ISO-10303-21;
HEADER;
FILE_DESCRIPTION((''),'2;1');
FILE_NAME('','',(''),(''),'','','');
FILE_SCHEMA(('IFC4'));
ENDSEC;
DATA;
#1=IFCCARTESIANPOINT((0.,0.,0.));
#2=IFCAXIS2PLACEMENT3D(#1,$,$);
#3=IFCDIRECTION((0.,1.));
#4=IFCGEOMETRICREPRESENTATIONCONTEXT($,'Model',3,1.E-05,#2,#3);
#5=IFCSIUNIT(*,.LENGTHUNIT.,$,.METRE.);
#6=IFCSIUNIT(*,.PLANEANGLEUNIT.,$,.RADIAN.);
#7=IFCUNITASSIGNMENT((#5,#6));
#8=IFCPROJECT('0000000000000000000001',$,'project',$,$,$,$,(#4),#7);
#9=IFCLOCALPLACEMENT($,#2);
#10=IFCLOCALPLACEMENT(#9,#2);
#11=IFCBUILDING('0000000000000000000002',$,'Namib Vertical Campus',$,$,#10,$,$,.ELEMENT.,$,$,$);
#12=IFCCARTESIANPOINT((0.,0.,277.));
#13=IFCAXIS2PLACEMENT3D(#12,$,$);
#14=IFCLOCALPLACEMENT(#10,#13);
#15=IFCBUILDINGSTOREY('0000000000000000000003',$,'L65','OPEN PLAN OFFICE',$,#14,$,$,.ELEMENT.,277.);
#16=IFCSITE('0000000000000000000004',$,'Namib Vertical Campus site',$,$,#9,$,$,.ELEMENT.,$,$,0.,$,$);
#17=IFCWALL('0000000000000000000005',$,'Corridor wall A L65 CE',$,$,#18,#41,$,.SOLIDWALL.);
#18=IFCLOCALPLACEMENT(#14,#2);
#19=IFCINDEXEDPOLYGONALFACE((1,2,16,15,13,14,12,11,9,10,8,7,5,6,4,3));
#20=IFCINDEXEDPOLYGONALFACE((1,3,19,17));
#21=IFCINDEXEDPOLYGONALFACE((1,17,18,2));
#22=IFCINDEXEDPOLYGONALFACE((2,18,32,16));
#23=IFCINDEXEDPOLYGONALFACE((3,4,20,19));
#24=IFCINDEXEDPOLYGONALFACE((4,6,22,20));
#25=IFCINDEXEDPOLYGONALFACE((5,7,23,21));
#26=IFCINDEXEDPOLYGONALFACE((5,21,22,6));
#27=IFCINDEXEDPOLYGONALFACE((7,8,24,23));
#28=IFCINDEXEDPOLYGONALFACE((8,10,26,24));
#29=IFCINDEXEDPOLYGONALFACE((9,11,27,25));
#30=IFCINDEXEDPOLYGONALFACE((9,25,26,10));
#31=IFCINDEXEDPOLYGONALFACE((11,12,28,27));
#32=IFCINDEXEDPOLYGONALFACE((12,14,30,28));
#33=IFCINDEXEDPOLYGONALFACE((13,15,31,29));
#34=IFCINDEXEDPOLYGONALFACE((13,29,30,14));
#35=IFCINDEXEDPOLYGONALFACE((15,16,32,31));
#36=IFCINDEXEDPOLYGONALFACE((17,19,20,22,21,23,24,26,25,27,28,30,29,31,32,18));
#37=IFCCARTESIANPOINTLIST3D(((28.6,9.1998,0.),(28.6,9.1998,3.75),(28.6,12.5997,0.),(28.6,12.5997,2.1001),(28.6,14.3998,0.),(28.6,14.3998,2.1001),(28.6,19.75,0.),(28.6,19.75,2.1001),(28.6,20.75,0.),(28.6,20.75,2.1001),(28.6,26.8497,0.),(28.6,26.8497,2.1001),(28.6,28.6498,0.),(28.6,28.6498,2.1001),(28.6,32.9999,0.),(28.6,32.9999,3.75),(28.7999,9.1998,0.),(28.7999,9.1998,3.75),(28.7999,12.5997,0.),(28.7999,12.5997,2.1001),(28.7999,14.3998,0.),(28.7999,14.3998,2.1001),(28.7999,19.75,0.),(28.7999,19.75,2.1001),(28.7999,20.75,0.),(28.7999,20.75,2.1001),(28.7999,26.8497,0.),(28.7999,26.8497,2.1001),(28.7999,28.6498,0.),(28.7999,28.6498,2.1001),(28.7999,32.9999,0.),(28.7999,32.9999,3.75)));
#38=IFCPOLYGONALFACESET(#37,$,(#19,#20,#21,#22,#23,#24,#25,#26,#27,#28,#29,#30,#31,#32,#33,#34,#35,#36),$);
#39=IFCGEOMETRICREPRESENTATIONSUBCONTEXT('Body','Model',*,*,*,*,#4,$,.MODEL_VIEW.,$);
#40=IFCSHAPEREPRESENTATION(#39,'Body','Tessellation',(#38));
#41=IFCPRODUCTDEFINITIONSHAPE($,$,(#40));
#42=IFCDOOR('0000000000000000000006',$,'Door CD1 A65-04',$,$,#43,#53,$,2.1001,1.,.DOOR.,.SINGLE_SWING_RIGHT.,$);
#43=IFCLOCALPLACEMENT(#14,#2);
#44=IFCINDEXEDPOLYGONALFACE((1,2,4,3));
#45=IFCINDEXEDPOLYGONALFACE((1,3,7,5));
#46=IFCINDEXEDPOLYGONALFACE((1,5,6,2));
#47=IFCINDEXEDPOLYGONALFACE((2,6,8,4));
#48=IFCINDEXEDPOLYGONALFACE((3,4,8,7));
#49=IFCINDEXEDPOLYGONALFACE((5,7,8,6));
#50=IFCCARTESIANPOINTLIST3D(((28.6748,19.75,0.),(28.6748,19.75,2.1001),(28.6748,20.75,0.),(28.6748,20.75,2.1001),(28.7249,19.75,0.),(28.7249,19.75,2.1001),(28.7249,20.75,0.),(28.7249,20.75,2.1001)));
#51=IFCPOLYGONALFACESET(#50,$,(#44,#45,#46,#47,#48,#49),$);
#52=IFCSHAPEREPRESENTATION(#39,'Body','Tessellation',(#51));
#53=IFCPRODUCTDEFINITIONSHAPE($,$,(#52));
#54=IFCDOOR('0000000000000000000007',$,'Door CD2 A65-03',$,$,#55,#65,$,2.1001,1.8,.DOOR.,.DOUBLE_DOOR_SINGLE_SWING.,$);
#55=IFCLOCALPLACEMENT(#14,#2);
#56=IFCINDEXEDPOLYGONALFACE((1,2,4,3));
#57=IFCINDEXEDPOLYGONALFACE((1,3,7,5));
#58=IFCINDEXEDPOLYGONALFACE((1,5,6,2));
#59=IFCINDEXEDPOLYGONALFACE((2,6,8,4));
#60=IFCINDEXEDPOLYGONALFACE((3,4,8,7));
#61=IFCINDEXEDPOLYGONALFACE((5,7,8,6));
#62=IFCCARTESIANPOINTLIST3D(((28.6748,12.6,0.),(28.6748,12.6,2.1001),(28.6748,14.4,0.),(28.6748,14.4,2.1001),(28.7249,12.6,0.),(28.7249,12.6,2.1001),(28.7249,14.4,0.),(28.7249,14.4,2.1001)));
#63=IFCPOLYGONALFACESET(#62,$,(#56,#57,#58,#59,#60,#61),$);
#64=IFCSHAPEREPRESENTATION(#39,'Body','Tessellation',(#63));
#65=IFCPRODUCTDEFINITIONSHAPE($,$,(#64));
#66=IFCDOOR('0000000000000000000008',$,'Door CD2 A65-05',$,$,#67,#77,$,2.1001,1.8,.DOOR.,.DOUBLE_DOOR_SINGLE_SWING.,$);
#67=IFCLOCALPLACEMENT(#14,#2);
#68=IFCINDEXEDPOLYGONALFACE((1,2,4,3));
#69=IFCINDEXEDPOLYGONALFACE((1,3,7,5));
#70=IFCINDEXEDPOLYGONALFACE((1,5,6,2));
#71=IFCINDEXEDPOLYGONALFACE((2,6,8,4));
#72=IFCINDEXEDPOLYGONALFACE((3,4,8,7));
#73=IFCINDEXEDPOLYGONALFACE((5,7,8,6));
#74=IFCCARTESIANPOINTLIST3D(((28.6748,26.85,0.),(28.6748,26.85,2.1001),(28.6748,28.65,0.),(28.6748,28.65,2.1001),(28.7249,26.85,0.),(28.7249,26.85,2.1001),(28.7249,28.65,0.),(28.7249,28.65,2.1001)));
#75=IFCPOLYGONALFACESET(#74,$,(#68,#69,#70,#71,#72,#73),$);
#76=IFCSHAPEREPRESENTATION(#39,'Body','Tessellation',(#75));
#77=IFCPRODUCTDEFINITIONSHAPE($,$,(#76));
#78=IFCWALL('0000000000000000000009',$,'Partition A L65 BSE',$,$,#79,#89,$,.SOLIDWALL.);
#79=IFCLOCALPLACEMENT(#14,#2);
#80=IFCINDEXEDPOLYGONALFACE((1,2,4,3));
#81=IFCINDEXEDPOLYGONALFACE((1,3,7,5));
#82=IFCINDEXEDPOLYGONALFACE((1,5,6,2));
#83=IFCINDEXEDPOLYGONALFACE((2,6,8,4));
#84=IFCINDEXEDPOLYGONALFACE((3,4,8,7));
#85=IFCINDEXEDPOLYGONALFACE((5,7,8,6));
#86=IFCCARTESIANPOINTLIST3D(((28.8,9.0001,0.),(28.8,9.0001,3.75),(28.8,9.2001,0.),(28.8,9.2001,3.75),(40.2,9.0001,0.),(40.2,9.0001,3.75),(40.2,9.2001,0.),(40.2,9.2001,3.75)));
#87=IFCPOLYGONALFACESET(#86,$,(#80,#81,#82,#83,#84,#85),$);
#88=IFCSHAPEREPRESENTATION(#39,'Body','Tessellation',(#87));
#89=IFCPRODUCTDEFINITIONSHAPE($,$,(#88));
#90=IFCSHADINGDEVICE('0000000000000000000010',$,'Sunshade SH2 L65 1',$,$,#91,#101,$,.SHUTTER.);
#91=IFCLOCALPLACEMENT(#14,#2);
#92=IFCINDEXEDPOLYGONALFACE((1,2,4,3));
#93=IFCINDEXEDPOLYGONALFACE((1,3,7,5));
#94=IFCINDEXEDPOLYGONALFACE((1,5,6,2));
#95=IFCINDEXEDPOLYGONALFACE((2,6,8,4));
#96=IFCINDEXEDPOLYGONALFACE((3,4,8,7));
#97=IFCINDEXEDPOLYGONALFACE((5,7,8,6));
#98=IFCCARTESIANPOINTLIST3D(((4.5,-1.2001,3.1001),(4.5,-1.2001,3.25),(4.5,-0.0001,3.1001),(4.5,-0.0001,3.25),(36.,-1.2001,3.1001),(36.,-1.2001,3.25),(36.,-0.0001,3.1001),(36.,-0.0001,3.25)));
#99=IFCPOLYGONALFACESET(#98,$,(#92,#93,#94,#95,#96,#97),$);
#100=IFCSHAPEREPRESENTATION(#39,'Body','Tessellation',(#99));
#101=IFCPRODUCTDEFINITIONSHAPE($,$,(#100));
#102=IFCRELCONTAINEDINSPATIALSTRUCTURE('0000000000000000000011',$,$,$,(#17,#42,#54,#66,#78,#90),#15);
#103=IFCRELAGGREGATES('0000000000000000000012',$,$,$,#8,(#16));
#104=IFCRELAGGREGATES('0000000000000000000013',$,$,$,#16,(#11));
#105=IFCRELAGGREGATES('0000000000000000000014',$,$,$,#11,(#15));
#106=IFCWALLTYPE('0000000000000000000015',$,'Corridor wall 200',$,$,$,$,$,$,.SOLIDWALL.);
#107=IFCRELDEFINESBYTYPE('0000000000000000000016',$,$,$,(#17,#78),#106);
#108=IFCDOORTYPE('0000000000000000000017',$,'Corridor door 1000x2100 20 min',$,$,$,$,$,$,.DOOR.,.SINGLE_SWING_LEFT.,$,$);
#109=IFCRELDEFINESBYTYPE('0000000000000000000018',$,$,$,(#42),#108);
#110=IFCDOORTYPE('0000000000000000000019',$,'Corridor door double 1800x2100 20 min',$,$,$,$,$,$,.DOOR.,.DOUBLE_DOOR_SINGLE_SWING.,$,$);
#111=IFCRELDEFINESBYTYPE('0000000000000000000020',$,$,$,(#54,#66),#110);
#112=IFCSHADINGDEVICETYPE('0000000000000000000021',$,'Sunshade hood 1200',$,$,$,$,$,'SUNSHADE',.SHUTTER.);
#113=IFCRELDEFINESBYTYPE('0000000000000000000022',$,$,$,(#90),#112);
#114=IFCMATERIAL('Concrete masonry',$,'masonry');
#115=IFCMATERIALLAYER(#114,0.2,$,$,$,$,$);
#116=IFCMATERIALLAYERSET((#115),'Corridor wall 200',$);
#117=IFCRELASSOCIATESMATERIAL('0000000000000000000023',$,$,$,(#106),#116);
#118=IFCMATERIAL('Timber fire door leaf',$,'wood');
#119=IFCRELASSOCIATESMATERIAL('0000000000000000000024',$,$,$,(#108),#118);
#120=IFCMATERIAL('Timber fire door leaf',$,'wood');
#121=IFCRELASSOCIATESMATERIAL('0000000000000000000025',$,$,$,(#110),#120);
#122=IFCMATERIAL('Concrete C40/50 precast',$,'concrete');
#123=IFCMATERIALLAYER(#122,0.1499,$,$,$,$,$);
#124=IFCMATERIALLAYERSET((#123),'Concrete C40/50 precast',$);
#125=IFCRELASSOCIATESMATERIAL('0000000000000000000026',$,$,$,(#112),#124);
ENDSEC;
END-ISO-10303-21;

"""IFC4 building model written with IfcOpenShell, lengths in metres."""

from ifc_helpers import new_model, si_unit, direction, frame, frame_2d, origin, origin_2d, place, context, subcontext, project, spatial, rectangle, extrude, material, layer, layer_set, type_object, element, fill, save


model = new_model("IFC4")

# Units and contexts
model_context = context("Model", 3, precision=1e-05, world=origin(), true_north=direction((0.0, 1.0)))
body_context = subcontext(model_context, "Body", "Model", "MODEL_VIEW")
ifc_project = project(units=[si_unit("LENGTHUNIT", "METRE"), si_unit("PLANEANGLEUNIT", "RADIAN")], contexts=[model_context])

# Site, building, storey
site_placement = place(None, origin())
site = spatial("IfcSite", under=ifc_project, at=site_placement, Name="Namib Vertical Campus site", CompositionType="ELEMENT", RefElevation=0.0)
building_placement = place(site_placement, origin())
building = spatial("IfcBuilding", under=site, at=building_placement, Name="Namib Vertical Campus", CompositionType="ELEMENT")
storey_placement = place(building_placement, frame((0.0, 0.0, 277.0)))
storey = spatial("IfcBuildingStorey", under=building, at=storey_placement, Name="L65", Description="OPEN PLAN OFFICE", CompositionType="ELEMENT", Elevation=277.0)

# Wall, openings, doors
ifc_material_1 = material(Name="Concrete masonry", Category="masonry")
ifc_layer_1 = layer(ifc_material_1, 0.2)
ifc_layer_set_1 = layer_set([ifc_layer_1], Name="Corridor wall 200")
wall_type_1 = type_object("IfcWallType", Name="Corridor wall 200", PredefinedType="SOLIDWALL", material=ifc_layer_set_1)
wall_1_placement = place(storey_placement, frame((28.7, 9.2, 0.0), z_axis=(0.0, 0.0, 1.0), x_axis=(0.0, 1.0, 0.0)))
wall_1 = element("IfcWall", 1, at=wall_1_placement, inside=storey, type_object=wall_type_1, Name="Corridor wall A L65 CE", PredefinedType="SOLIDWALL", context=body_context, shape_type="SweptSolid", body=[
    extrude(rectangle(XDim=23.8, YDim=0.2, at=frame_2d((11.8999, 0.0))), origin(), (0.0, 0.0, 1.0), 3.75),
])
opening_1_placement = place(wall_1_placement, frame((3.3999, 0.0, 0.0)))
opening_1 = element("IfcOpeningElement", 2, at=opening_1_placement, cuts=wall_1, PredefinedType="OPENING", context=body_context, shape_type="SweptSolid", body=[
    extrude(rectangle(XDim=1.8, YDim=2.1001, at=frame_2d((0.8999, 1.05))), frame((0.0, 0.1099, 0.0), z_axis=(0.0, -1.0, 0.0), x_axis=(1.0, 0.0, 0.0)), (0.0, 0.0, 1.0), 0.22),
])
opening_2_placement = place(wall_1_placement, frame((10.55, 0.0, 0.0)))
opening_2 = element("IfcOpeningElement", 3, at=opening_2_placement, cuts=wall_1, PredefinedType="OPENING", context=body_context, shape_type="SweptSolid", body=[
    extrude(rectangle(XDim=1.0, YDim=2.1001, at=frame_2d((0.5, 1.05))), frame((0.0, 0.1099, 0.0), z_axis=(0.0, -1.0, 0.0), x_axis=(1.0, 0.0, 0.0)), (0.0, 0.0, 1.0), 0.22),
])
opening_3_placement = place(wall_1_placement, frame((17.6499, 0.0, 0.0)))
opening_3 = element("IfcOpeningElement", 4, at=opening_3_placement, cuts=wall_1, PredefinedType="OPENING", context=body_context, shape_type="SweptSolid", body=[
    extrude(rectangle(XDim=1.8, YDim=2.1001, at=frame_2d((0.8999, 1.05))), frame((0.0, 0.1099, 0.0), z_axis=(0.0, -1.0, 0.0), x_axis=(1.0, 0.0, 0.0)), (0.0, 0.0, 1.0), 0.22),
])
ifc_material_2 = material(Name="Timber fire door leaf", Category="wood")
door_type_1 = type_object("IfcDoorType", Name="Corridor door 1000x2100 20 min", OperationType="SINGLE_SWING_LEFT", PredefinedType="DOOR", material=ifc_material_2)
door_1_placement = place(opening_2_placement, frame((1.0, 0.0, 0.0), z_axis=(0.0, 0.0, 1.0), x_axis=(-1.0, 0.0, 0.0)))
door_1 = element("IfcDoor", 5, at=door_1_placement, inside=storey, type_object=door_type_1, Name="Door CD1 A65-04", OperationType="SINGLE_SWING_RIGHT", OverallHeight=2.1001, OverallWidth=1.0, PredefinedType="DOOR", context=body_context, shape_type="SweptSolid", body=[
    extrude(rectangle(XDim=1.0, YDim=2.1001, at=frame_2d((0.5, 1.05))), frame((0.0, 0.0249, 0.0), z_axis=(0.0, -1.0, 0.0), x_axis=(1.0, 0.0, 0.0)), (0.0, 0.0, 1.0), 0.05),
])
fill(opening_2, door_1)
ifc_material_3 = material(Name="Timber fire door leaf", Category="wood")
door_type_2 = type_object("IfcDoorType", Name="Corridor door double 1800x2100 20 min", OperationType="DOUBLE_DOOR_SINGLE_SWING", PredefinedType="DOOR", material=ifc_material_3)
door_2_placement = place(opening_1_placement, frame((1.8, 0.0, 0.0), z_axis=(0.0, 0.0, 1.0), x_axis=(-1.0, 0.0, 0.0)))
door_2 = element("IfcDoor", 6, at=door_2_placement, inside=storey, type_object=door_type_2, Name="Door CD2 A65-03", OperationType="DOUBLE_DOOR_SINGLE_SWING", OverallHeight=2.1001, OverallWidth=1.8, PredefinedType="DOOR", context=body_context, shape_type="SweptSolid", body=[
    extrude(rectangle(XDim=1.8, YDim=2.1001, at=frame_2d((0.8999, 1.05))), frame((0.0, 0.0249, 0.0), z_axis=(0.0, -1.0, 0.0), x_axis=(1.0, 0.0, 0.0)), (0.0, 0.0, 1.0), 0.05),
])
fill(opening_1, door_2)
door_3_placement = place(opening_3_placement, frame((1.8, 0.0, 0.0), z_axis=(0.0, 0.0, 1.0), x_axis=(-1.0, 0.0, 0.0)))
door_3 = element("IfcDoor", 7, at=door_3_placement, inside=storey, type_object=door_type_2, Name="Door CD2 A65-05", OperationType="DOUBLE_DOOR_SINGLE_SWING", OverallHeight=2.1001, OverallWidth=1.8, PredefinedType="DOOR", context=body_context, shape_type="SweptSolid", body=[
    extrude(rectangle(XDim=1.8, YDim=2.1001, at=frame_2d((0.8999, 1.05))), frame((0.0, 0.0249, 0.0), z_axis=(0.0, -1.0, 0.0), x_axis=(1.0, 0.0, 0.0)), (0.0, 0.0, 1.0), 0.05),
])
fill(opening_3, door_3)

# Wall
wall_2_placement = place(storey_placement, frame((28.8, 9.1001, 0.0), z_axis=(0.0, 0.0, 1.0), x_axis=(1.0, 0.0, 0.0)))
element("IfcWall", 8, at=wall_2_placement, inside=storey, type_object=wall_type_1, Name="Partition A L65 BSE", PredefinedType="SOLIDWALL", context=body_context, shape_type="SweptSolid", body=[
    extrude(rectangle(XDim=11.3999, YDim=0.2, at=frame_2d((5.7, 0.0))), origin(), (0.0, 0.0, 1.0), 3.75),
])

# Shading device
ifc_material_4 = material(Name="Concrete C40/50 precast", Category="concrete")
ifc_layer_2 = layer(ifc_material_4, 0.1499)
ifc_layer_set_2 = layer_set([ifc_layer_2], Name="Concrete C40/50 precast")
shading_device_type = type_object("IfcShadingDeviceType", Name="Sunshade hood 1200", ElementType="SUNSHADE", PredefinedType="SHUTTER", material=ifc_layer_set_2)
shading_device_placement = place(storey_placement, frame((20.25, -0.6001, 3.1001), z_axis=(0.0, 0.0, 1.0), x_axis=(1.0, 0.0, 0.0)))
element("IfcShadingDevice", 9, at=shading_device_placement, inside=storey, type_object=shading_device_type, Name="Sunshade SH2 L65 1", PredefinedType="SHUTTER", context=body_context, shape_type="SweptSolid", body=[
    extrude(rectangle(XDim=31.5, YDim=1.2, at=origin_2d()), origin(), (0.0, 0.0, 1.0), 0.1499),
])

save(model, "model.ifc")
